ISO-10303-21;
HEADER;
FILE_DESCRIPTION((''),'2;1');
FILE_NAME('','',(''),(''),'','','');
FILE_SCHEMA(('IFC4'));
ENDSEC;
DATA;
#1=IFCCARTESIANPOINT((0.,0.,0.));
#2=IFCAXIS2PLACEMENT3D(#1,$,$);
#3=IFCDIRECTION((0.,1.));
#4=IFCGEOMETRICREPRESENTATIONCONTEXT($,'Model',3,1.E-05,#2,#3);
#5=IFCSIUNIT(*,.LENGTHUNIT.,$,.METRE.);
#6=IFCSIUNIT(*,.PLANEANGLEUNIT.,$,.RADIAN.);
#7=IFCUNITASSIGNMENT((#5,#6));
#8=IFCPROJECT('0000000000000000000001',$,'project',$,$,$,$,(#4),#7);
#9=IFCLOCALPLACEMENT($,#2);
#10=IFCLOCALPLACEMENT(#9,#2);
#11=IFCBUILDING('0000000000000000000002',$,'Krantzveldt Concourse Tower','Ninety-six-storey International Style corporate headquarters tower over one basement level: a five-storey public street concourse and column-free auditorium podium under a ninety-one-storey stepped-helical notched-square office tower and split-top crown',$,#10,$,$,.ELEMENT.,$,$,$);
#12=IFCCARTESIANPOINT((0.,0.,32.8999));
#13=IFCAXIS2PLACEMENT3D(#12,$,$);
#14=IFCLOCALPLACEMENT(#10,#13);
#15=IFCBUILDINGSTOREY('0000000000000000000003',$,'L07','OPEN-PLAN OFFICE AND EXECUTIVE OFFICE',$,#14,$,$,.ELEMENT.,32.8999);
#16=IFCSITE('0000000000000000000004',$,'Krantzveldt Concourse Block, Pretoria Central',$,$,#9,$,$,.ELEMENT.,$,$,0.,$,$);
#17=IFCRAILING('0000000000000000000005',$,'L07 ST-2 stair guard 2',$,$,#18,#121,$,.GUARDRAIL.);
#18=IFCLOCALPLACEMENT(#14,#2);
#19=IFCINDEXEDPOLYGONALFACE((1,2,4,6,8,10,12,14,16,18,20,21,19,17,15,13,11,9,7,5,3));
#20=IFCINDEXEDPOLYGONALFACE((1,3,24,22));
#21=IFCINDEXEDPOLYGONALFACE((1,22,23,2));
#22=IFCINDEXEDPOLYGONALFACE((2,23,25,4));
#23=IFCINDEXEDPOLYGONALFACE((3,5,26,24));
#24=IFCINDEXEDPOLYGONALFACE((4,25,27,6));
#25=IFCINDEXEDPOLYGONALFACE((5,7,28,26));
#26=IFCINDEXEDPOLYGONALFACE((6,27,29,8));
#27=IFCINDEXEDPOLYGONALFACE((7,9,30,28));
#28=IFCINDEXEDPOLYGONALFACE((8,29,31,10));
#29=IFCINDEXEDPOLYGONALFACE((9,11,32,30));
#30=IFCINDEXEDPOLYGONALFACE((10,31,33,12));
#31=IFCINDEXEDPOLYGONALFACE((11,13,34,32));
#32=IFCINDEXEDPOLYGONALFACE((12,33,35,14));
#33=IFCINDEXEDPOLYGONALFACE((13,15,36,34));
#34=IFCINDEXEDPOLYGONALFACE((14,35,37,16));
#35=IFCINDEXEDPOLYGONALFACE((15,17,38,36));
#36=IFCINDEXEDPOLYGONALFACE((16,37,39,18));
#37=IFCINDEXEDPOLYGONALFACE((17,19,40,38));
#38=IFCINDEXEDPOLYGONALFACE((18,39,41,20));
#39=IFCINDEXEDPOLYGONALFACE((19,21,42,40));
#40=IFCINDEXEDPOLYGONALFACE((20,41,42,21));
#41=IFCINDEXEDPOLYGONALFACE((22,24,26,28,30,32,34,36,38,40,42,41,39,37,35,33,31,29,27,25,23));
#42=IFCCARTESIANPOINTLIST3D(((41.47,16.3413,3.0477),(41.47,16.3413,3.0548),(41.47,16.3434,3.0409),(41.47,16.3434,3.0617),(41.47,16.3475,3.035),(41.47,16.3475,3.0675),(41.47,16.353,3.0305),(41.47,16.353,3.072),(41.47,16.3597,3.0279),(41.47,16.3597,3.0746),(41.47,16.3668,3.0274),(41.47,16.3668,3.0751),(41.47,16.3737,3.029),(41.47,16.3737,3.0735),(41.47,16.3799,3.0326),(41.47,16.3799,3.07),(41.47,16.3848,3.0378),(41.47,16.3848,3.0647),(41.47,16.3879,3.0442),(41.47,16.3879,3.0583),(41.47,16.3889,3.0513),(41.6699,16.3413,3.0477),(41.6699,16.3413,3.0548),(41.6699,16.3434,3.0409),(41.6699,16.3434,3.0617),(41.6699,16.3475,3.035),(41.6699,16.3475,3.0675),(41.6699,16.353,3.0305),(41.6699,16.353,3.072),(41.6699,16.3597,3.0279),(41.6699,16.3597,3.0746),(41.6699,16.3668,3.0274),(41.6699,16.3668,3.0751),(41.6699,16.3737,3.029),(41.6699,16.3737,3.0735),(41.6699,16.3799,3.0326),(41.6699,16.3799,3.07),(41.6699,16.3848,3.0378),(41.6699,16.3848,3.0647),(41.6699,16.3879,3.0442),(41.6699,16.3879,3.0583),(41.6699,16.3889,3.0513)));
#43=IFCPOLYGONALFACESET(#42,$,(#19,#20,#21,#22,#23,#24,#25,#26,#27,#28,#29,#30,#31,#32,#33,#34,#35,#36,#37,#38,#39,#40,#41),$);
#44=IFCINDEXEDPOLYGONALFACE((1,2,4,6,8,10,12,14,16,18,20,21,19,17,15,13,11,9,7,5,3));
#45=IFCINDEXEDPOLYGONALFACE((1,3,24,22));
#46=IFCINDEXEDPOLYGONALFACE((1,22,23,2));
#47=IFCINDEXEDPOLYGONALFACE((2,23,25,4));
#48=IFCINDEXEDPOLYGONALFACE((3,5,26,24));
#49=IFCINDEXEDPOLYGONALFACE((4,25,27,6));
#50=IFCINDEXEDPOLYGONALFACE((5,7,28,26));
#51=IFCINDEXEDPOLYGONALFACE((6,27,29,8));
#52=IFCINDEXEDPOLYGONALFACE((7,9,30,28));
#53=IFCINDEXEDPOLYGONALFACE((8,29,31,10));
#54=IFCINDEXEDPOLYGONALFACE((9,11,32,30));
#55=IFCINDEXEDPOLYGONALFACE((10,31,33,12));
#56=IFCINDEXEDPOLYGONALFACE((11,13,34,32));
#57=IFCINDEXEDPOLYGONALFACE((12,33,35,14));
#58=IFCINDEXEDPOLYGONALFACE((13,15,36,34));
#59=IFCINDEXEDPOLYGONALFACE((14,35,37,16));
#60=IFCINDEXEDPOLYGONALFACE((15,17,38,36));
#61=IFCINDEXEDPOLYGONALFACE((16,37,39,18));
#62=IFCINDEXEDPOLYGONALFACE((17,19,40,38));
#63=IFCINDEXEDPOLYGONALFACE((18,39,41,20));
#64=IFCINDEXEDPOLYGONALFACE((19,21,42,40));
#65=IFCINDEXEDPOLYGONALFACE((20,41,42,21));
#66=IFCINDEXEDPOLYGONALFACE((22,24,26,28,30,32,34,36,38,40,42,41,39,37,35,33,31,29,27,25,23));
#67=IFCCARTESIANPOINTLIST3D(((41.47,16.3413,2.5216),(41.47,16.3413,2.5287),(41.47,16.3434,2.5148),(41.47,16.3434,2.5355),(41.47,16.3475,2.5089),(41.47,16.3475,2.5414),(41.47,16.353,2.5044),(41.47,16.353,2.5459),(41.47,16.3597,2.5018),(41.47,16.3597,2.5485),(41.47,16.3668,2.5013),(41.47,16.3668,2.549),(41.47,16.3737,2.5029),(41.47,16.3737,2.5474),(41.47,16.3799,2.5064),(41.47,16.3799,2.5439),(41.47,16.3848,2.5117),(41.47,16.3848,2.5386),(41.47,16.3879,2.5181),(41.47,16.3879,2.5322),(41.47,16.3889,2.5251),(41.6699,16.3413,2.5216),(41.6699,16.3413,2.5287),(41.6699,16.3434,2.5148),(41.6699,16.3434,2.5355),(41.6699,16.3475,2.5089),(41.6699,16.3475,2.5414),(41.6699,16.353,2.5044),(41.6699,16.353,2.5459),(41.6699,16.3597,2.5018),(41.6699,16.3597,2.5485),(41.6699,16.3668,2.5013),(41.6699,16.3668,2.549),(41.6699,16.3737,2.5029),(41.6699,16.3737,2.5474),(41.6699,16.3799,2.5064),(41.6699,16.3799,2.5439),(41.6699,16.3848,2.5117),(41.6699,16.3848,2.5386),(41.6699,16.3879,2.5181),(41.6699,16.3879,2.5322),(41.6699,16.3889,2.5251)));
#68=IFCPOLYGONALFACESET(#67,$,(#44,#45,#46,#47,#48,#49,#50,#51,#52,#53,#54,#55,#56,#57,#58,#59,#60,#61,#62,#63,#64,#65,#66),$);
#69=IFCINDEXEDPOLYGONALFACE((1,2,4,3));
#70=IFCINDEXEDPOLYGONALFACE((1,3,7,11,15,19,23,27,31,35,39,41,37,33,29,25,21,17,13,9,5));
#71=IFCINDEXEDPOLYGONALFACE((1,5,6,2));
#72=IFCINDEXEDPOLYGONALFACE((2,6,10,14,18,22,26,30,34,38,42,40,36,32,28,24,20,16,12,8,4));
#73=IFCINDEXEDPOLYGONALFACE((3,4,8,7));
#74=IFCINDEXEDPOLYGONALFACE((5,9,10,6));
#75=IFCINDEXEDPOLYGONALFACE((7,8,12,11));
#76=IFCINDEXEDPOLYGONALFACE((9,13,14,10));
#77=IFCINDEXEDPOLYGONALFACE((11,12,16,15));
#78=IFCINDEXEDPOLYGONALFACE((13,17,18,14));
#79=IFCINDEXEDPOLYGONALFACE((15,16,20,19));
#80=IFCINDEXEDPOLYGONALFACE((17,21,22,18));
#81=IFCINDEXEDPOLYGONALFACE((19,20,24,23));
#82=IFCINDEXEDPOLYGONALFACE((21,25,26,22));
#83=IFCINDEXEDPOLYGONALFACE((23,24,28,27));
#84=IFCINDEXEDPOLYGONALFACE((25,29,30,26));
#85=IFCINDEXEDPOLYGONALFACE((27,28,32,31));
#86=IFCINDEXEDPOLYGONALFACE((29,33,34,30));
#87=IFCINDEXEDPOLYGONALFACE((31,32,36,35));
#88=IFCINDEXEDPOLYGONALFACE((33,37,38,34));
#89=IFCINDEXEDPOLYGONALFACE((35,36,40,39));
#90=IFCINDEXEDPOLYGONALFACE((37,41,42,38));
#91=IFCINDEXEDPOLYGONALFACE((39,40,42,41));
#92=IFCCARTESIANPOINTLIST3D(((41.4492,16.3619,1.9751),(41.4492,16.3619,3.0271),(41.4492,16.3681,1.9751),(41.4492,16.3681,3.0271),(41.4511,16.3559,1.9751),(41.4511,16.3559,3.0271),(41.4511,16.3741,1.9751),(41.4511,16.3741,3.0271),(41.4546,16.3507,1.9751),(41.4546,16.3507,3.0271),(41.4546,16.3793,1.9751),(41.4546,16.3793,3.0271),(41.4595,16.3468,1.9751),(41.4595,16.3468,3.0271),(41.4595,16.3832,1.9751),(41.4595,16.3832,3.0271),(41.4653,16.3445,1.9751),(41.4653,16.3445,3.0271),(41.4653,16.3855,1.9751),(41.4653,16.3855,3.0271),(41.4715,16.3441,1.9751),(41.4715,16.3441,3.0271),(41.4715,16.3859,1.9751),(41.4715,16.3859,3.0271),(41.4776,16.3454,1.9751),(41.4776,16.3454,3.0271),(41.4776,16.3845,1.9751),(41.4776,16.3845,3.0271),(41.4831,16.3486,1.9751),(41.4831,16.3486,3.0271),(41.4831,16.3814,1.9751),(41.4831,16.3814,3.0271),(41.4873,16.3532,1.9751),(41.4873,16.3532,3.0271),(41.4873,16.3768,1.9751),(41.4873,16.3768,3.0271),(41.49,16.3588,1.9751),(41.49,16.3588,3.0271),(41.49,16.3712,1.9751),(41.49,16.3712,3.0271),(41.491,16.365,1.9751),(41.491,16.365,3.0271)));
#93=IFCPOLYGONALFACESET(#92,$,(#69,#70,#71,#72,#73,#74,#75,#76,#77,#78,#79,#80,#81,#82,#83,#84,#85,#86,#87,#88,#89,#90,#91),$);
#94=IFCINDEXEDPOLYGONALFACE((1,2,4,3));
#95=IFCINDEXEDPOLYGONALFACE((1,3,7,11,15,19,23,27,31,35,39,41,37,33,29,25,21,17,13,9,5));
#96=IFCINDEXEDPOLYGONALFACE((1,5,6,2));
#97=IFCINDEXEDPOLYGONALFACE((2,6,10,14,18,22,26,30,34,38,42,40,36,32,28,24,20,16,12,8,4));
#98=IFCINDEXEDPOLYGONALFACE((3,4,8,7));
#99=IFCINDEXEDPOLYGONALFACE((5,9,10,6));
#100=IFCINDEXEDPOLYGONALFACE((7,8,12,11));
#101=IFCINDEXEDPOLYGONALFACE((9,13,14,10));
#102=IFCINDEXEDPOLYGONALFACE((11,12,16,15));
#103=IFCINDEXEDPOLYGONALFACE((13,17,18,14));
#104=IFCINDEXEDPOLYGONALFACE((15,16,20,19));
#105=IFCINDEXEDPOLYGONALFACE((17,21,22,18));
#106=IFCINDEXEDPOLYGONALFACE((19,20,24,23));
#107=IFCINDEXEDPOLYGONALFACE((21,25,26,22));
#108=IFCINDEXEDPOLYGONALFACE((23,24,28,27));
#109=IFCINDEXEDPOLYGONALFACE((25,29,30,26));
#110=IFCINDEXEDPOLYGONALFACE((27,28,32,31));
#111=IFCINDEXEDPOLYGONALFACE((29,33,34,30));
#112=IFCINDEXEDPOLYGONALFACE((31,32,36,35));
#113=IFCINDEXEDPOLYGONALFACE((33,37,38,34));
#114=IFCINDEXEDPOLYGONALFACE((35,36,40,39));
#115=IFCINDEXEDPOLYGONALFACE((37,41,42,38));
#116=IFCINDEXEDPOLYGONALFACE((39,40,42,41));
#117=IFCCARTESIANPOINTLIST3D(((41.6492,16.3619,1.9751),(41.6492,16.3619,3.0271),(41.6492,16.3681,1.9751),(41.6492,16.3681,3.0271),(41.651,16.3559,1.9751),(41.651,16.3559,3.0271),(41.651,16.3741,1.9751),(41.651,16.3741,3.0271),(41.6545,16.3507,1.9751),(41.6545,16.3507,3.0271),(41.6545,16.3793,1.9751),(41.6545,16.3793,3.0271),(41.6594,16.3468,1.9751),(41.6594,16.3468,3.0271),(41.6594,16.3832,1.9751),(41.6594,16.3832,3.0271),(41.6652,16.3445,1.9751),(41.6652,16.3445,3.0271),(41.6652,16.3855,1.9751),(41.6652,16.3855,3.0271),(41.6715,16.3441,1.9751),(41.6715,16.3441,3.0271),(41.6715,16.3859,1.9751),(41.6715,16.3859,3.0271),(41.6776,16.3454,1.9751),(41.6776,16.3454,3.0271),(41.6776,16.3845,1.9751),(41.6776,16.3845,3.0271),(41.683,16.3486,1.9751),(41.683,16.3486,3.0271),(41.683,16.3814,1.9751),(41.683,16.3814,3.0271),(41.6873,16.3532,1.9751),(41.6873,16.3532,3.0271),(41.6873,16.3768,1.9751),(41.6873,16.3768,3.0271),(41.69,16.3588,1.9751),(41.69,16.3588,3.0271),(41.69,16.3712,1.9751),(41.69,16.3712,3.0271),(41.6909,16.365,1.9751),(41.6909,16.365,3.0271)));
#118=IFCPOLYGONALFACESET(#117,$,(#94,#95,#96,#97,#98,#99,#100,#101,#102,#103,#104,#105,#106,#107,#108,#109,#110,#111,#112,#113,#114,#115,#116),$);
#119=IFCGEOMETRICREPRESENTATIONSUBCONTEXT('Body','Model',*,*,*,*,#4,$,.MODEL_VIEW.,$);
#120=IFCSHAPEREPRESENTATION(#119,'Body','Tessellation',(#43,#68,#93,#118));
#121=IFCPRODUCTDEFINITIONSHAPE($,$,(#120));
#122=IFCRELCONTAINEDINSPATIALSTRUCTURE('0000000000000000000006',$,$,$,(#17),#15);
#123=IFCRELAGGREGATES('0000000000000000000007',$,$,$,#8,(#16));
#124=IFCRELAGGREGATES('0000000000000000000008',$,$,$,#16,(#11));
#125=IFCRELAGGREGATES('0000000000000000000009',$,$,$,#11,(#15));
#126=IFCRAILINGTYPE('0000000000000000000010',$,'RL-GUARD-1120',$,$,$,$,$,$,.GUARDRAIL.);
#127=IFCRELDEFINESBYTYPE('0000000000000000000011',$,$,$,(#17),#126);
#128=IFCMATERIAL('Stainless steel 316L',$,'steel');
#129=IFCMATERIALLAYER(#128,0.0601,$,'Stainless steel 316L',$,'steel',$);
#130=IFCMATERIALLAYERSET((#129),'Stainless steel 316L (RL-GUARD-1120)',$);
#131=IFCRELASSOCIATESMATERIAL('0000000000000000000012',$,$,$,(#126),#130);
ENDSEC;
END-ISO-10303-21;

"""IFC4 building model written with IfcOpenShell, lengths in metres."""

from ifc_helpers import new_model, si_unit, direction, frame, origin, origin_2d, place, context, subcontext, project, spatial, circle, extrude, material, layer, layer_set, type_object, element, save


model = new_model("IFC4")

# Units and contexts
model_context = context("Model", 3, precision=1e-05, world=origin(), true_north=direction((0.0, 1.0)))
body_context = subcontext(model_context, "Body", "Model", "MODEL_VIEW")
ifc_project = project(units=[si_unit("LENGTHUNIT", "METRE"), si_unit("PLANEANGLEUNIT", "RADIAN")], contexts=[model_context])

# Site, building, storey
site_placement = place(None, origin())
site = spatial("IfcSite", under=ifc_project, at=site_placement, Name="Krantzveldt Concourse Block, Pretoria Central", CompositionType="ELEMENT", RefElevation=0.0)
building_placement = place(site_placement, origin())
building = spatial("IfcBuilding", under=site, at=building_placement, Name="Krantzveldt Concourse Tower", Description="Ninety-six-storey International Style corporate headquarters tower over one basement level: a five-storey public street concourse and column-free auditorium podium under a ninety-one-storey stepped-helical notched-square office tower and split-top crown", CompositionType="ELEMENT")
storey_placement = place(building_placement, frame((0.0, 0.0, 32.8999)))
storey = spatial("IfcBuildingStorey", under=building, at=storey_placement, Name="L07", Description="OPEN-PLAN OFFICE AND EXECUTIVE OFFICE", CompositionType="ELEMENT", Elevation=32.8999)

# Railing
ifc_material_1 = material(Name="Stainless steel 316L", Category="steel")
ifc_layer_1 = layer(ifc_material_1, 0.0601, Name="Stainless steel 316L", Category="steel")
ifc_layer_set_1 = layer_set([ifc_layer_1], Name="Stainless steel 316L (RL-GUARD-1120)")
railing_type_1 = type_object("IfcRailingType", Name="RL-GUARD-1120", PredefinedType="GUARDRAIL", material=ifc_layer_set_1)
railing_1_placement = place(storey_placement, frame((41.47, 16.365, 1.9751)))
element("IfcRailing", 1, at=railing_1_placement, inside=storey, type_object=railing_type_1, Name="L07 ST-2 stair guard 2", PredefinedType="GUARDRAIL", context=body_context, shape_type="SweptSolid", body=[
    extrude(circle(Radius=0.0239, at=origin_2d()), frame((0.0, 0.0, 1.0762), z_axis=(1.0, 0.0, 0.0), x_axis=(0.0, 1.0, 0.0)), (0.0, 0.0, 1.0), 0.2),
    extrude(circle(Radius=0.0239, at=origin_2d()), frame((0.0, 0.0, 0.55), z_axis=(1.0, 0.0, 0.0), x_axis=(0.0, 1.0, 0.0)), (0.0, 0.0, 1.0), 0.2),
    extrude(circle(Radius=0.021, at=origin_2d()), origin(), (0.0, 0.0, 1.0), 1.052),
    extrude(circle(Radius=0.021, at=origin_2d()), frame((0.2, 0.0, 0.0)), (0.0, 0.0, 1.0), 1.052),
])

save(model, "model.ifc")
